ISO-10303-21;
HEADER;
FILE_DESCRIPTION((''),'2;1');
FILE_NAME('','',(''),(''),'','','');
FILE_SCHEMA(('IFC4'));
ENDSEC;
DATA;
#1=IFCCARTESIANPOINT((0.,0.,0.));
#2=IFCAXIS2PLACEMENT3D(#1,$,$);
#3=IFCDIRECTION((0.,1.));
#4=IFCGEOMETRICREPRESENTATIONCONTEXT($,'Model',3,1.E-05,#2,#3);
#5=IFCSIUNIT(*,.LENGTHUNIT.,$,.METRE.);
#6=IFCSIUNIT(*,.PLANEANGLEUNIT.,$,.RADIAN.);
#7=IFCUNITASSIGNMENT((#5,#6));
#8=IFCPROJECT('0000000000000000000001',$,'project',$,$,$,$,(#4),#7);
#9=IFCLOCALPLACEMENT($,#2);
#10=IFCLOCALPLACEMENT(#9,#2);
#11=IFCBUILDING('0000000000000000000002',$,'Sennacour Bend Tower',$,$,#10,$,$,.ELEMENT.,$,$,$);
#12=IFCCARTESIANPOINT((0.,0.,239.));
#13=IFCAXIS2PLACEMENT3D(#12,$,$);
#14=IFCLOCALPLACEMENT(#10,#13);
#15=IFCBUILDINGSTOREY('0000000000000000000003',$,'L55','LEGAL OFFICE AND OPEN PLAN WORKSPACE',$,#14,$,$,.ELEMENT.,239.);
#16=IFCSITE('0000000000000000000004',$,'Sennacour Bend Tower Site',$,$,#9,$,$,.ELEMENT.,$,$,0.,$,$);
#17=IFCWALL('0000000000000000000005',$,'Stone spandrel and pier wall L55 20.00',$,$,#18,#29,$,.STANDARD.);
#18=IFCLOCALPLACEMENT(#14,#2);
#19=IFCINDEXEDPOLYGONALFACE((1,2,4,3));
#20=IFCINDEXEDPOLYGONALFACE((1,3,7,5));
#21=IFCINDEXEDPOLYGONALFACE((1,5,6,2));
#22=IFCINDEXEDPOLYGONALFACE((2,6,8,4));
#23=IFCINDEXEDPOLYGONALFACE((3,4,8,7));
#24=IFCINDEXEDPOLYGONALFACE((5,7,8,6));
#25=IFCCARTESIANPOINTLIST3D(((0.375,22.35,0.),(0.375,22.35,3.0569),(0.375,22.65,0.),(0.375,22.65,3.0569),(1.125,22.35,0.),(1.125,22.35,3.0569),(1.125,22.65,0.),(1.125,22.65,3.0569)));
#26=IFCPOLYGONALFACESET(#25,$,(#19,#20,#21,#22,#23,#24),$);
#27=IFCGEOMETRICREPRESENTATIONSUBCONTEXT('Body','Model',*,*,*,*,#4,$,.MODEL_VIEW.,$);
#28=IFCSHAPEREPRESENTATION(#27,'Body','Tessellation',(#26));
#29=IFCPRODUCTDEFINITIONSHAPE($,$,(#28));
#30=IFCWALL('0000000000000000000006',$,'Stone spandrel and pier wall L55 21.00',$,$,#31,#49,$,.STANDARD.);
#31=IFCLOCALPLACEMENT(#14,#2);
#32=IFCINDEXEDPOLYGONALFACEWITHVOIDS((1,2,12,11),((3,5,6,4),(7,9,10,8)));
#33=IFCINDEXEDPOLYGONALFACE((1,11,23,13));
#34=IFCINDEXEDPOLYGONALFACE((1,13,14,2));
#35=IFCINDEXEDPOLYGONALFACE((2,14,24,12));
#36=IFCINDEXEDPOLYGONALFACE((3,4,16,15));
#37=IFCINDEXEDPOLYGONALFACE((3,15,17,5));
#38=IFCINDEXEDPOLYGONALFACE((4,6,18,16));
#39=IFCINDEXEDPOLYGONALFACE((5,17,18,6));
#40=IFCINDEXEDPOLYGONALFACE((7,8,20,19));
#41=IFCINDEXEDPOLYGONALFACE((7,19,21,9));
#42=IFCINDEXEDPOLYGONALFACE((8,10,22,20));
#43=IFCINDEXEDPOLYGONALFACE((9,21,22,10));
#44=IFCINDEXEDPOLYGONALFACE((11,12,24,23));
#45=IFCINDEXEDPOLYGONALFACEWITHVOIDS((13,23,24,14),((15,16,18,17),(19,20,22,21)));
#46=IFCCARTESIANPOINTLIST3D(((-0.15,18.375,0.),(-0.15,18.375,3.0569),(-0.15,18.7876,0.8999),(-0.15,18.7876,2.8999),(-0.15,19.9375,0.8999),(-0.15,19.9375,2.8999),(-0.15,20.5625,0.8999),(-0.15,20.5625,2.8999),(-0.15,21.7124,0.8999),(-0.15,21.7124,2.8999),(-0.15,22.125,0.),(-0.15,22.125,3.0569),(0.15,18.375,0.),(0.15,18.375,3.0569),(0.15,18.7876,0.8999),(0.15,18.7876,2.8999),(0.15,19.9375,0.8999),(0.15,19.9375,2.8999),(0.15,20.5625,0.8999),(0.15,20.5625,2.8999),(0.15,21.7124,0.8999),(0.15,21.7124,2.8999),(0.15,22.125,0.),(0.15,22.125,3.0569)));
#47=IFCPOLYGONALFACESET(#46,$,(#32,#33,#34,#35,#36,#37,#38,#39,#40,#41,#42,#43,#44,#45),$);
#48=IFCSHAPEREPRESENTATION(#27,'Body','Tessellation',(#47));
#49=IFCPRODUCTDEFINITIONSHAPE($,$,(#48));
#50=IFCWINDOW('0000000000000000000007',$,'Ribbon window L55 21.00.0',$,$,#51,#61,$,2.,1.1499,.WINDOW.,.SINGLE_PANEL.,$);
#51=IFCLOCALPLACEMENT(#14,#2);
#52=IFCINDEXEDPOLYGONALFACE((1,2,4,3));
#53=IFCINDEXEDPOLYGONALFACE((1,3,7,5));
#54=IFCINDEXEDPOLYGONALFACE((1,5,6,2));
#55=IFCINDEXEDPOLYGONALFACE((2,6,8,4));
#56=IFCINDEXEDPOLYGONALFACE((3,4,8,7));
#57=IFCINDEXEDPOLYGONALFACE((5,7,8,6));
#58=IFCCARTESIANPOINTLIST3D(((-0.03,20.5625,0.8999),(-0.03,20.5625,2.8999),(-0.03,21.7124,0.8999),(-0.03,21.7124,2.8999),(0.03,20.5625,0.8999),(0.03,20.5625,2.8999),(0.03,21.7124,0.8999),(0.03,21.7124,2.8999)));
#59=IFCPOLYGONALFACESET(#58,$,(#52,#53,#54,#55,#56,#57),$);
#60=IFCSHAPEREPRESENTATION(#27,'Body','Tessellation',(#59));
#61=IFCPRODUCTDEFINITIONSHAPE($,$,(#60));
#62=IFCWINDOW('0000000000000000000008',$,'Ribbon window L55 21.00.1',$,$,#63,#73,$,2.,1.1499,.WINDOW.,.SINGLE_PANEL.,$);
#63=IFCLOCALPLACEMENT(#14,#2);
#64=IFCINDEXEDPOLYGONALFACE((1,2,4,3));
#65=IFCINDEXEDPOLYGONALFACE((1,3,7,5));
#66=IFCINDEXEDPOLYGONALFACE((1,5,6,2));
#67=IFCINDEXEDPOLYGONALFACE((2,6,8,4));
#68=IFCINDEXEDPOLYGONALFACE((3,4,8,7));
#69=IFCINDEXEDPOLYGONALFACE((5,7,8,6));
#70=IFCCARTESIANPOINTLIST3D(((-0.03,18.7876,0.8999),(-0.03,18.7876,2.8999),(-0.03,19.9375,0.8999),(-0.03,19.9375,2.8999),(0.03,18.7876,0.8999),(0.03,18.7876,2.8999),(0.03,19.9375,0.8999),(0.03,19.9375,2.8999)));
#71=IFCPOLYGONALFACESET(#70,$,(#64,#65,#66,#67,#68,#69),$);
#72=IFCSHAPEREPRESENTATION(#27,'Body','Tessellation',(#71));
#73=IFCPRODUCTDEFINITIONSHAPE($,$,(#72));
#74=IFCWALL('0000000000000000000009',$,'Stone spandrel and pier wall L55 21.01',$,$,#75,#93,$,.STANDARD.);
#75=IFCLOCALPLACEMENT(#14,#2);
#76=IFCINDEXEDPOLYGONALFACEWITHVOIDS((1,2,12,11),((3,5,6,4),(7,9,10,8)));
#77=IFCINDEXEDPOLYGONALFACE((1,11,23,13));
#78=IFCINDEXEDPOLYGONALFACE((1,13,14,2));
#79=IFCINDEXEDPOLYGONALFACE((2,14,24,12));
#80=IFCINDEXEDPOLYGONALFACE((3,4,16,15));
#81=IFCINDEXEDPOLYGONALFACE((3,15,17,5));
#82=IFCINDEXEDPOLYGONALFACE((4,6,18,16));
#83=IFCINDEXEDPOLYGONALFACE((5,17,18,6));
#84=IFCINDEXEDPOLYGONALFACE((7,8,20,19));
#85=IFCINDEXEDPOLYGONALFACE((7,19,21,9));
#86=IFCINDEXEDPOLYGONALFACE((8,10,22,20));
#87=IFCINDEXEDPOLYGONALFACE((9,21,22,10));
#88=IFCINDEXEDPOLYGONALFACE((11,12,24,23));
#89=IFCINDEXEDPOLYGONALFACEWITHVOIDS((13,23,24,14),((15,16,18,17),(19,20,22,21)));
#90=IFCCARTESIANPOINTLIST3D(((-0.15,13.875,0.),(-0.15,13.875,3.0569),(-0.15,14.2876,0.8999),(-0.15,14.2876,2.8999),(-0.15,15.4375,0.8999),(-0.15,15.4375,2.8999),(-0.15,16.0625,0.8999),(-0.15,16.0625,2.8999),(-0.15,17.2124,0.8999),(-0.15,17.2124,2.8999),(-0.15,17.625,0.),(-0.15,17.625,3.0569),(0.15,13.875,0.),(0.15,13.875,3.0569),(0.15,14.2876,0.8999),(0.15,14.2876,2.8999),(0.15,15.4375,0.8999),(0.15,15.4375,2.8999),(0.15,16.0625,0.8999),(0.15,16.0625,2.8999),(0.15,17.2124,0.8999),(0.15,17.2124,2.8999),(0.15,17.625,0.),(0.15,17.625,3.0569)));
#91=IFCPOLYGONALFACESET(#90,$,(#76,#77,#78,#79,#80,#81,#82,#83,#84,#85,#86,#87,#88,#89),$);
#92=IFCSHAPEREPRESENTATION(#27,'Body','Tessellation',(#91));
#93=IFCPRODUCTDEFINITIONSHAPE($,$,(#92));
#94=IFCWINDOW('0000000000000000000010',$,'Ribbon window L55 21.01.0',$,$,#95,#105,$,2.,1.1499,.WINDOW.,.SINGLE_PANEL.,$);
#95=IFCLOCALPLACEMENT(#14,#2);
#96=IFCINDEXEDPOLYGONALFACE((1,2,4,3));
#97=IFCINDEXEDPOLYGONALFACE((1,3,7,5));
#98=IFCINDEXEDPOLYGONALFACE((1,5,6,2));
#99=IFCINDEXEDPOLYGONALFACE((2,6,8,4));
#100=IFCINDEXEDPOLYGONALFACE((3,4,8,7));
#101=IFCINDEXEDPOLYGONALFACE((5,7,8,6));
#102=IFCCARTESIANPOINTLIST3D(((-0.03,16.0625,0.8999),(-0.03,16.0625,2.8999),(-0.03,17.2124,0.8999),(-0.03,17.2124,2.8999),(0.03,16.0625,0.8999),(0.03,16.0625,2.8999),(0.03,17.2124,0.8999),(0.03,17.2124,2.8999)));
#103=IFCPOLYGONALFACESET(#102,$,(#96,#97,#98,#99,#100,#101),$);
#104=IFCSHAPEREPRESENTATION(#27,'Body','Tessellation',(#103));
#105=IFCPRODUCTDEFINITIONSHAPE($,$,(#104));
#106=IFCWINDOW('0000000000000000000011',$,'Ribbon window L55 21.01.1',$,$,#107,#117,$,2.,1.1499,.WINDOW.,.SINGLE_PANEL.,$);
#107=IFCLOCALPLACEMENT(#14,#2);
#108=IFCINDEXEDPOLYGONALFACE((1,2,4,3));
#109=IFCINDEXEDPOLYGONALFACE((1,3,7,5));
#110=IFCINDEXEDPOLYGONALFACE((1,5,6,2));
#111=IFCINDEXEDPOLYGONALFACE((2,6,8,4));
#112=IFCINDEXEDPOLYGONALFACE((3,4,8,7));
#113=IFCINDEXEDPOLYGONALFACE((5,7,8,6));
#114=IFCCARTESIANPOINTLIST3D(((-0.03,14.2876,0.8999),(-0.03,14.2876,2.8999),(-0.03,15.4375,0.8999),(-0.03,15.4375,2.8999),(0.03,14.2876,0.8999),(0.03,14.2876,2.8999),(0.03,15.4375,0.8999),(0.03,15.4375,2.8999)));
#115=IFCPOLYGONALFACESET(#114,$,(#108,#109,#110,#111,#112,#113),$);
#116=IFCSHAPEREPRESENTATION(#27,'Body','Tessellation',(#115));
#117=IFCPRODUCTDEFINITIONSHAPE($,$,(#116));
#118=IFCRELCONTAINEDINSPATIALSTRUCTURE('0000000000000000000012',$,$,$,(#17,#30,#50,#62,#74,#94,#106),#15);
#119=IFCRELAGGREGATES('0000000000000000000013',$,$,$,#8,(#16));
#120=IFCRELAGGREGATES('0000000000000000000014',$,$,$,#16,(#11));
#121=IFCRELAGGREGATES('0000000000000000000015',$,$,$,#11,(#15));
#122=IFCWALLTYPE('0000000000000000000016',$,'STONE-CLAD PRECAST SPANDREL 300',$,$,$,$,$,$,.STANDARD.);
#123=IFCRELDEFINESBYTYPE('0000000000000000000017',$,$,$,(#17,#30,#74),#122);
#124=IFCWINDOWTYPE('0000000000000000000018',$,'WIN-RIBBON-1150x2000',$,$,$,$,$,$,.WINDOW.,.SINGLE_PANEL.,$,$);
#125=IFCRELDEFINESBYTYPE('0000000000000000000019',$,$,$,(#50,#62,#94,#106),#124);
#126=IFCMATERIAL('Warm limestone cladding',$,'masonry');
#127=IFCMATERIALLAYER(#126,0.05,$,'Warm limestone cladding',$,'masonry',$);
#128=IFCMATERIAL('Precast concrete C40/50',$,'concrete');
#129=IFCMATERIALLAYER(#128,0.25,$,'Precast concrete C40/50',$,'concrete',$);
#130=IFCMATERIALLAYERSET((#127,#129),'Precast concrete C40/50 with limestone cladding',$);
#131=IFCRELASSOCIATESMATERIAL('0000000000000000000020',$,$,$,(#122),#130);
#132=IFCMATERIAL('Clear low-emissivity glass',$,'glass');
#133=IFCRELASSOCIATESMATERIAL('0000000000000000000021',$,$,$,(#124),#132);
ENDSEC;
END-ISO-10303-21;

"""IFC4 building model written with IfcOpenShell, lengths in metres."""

from ifc_helpers import new_model, si_unit, direction, frame, frame_2d, origin, place, context, subcontext, project, spatial, rectangle, extrude, material, layer, layer_set, type_object, element, fill, save


model = new_model("IFC4")

# Units and contexts
model_context = context("Model", 3, precision=1e-05, world=origin(), true_north=direction((0.0, 1.0)))
body_context = subcontext(model_context, "Body", "Model", "MODEL_VIEW")
ifc_project = project(units=[si_unit("LENGTHUNIT", "METRE"), si_unit("PLANEANGLEUNIT", "RADIAN")], contexts=[model_context])

# Site, building, storey
site_placement = place(None, origin())
site = spatial("IfcSite", under=ifc_project, at=site_placement, Name="Sennacour Bend Tower Site", CompositionType="ELEMENT", RefElevation=0.0)
building_placement = place(site_placement, origin())
building = spatial("IfcBuilding", under=site, at=building_placement, Name="Sennacour Bend Tower", CompositionType="ELEMENT")
storey_placement = place(building_placement, frame((0.0, 0.0, 239.0)))
storey = spatial("IfcBuildingStorey", under=building, at=storey_placement, Name="L55", Description="LEGAL OFFICE AND OPEN PLAN WORKSPACE", CompositionType="ELEMENT", Elevation=239.0)

# Wall
ifc_material_1 = material(Name="Warm limestone cladding", Category="masonry")
ifc_layer_1 = layer(ifc_material_1, 0.05, Name="Warm limestone cladding", Category="masonry")
ifc_material_2 = material(Name="Precast concrete C40/50", Category="concrete")
ifc_layer_2 = layer(ifc_material_2, 0.25, Name="Precast concrete C40/50", Category="concrete")
ifc_layer_set_1 = layer_set([ifc_layer_1, ifc_layer_2], Name="Precast concrete C40/50 with limestone cladding")
wall_type_1 = type_object("IfcWallType", Name="STONE-CLAD PRECAST SPANDREL 300", PredefinedType="STANDARD", material=ifc_layer_set_1)
wall_1_placement = place(storey_placement, frame((1.125, 22.5, 0.0), z_axis=(0.0, 0.0, 1.0), x_axis=(-1.0, 0.0, 0.0)))
element("IfcWall", 1, at=wall_1_placement, inside=storey, type_object=wall_type_1, Name="Stone spandrel and pier wall L55 20.00", PredefinedType="STANDARD", context=body_context, shape_type="SweptSolid", body=[
    extrude(rectangle(XDim=0.75, YDim=0.3, at=frame_2d((0.375, 0.0))), origin(), (0.0, 0.0, 1.0), 3.0569),
])

# Walls, openings, windows
wall_2_placement = place(storey_placement, frame((0.0, 22.125, 0.0), z_axis=(0.0, 0.0, 1.0), x_axis=(0.0, -1.0, 0.0)))
wall_2 = element("IfcWall", 2, at=wall_2_placement, inside=storey, type_object=wall_type_1, Name="Stone spandrel and pier wall L55 21.00", PredefinedType="STANDARD", context=body_context, shape_type="SweptSolid", body=[
    extrude(rectangle(XDim=3.75, YDim=0.3, at=frame_2d((1.875, 0.0))), origin(), (0.0, 0.0, 1.0), 3.0569),
])
opening_1_placement = place(wall_2_placement, frame((0.4126, 0.0, 0.8999)))
opening_1 = element("IfcOpeningElement", 3, at=opening_1_placement, cuts=wall_2, PredefinedType="OPENING", context=body_context, shape_type="SweptSolid", body=[
    extrude(rectangle(XDim=1.1499, YDim=2.0, at=frame_2d((0.575, 1.0))), frame((0.0, 0.1602, 0.0), z_axis=(0.0, -1.0, 0.0), x_axis=(1.0, 0.0, 0.0)), (0.0, 0.0, 1.0), 0.3201),
])
opening_2_placement = place(wall_2_placement, frame((2.1875, 0.0, 0.8999)))
opening_2 = element("IfcOpeningElement", 4, at=opening_2_placement, cuts=wall_2, PredefinedType="OPENING", context=body_context, shape_type="SweptSolid", body=[
    extrude(rectangle(XDim=1.1499, YDim=2.0, at=frame_2d((0.575, 1.0))), frame((0.0, 0.1602, 0.0), z_axis=(0.0, -1.0, 0.0), x_axis=(1.0, 0.0, 0.0)), (0.0, 0.0, 1.0), 0.3201),
])
ifc_material_3 = material(Name="Clear low-emissivity glass", Category="glass")
window_type = type_object("IfcWindowType", Name="WIN-RIBBON-1150x2000", PartitioningType="SINGLE_PANEL", PredefinedType="WINDOW", material=ifc_material_3)
window_1_placement = place(opening_1_placement, origin())
window_1 = element("IfcWindow", 5, at=window_1_placement, inside=storey, type_object=window_type, Name="Ribbon window L55 21.00.0", OverallHeight=2.0, OverallWidth=1.1499, PartitioningType="SINGLE_PANEL", PredefinedType="WINDOW", context=body_context, shape_type="SweptSolid", body=[
    extrude(rectangle(XDim=1.1499, YDim=2.0, at=frame_2d((0.575, 1.0))), frame((0.0, 0.03, 0.0), z_axis=(0.0, -1.0, 0.0), x_axis=(1.0, 0.0, 0.0)), (0.0, 0.0, 1.0), 0.0601),
])
fill(opening_1, window_1)
window_2_placement = place(opening_2_placement, origin())
window_2 = element("IfcWindow", 6, at=window_2_placement, inside=storey, type_object=window_type, Name="Ribbon window L55 21.00.1", OverallHeight=2.0, OverallWidth=1.1499, PartitioningType="SINGLE_PANEL", PredefinedType="WINDOW", context=body_context, shape_type="SweptSolid", body=[
    extrude(rectangle(XDim=1.1499, YDim=2.0, at=frame_2d((0.575, 1.0))), frame((0.0, 0.03, 0.0), z_axis=(0.0, -1.0, 0.0), x_axis=(1.0, 0.0, 0.0)), (0.0, 0.0, 1.0), 0.0601),
])
fill(opening_2, window_2)
wall_3_placement = place(storey_placement, frame((0.0, 17.625, 0.0), z_axis=(0.0, 0.0, 1.0), x_axis=(0.0, -1.0, 0.0)))
wall_3 = element("IfcWall", 7, at=wall_3_placement, inside=storey, type_object=wall_type_1, Name="Stone spandrel and pier wall L55 21.01", PredefinedType="STANDARD", context=body_context, shape_type="SweptSolid", body=[
    extrude(rectangle(XDim=3.75, YDim=0.3, at=frame_2d((1.875, 0.0))), origin(), (0.0, 0.0, 1.0), 3.0569),
])
opening_3_placement = place(wall_3_placement, frame((0.4126, 0.0, 0.8999)))
opening_3 = element("IfcOpeningElement", 8, at=opening_3_placement, cuts=wall_3, PredefinedType="OPENING", context=body_context, shape_type="SweptSolid", body=[
    extrude(rectangle(XDim=1.1499, YDim=2.0, at=frame_2d((0.575, 1.0))), frame((0.0, 0.1602, 0.0), z_axis=(0.0, -1.0, 0.0), x_axis=(1.0, 0.0, 0.0)), (0.0, 0.0, 1.0), 0.3201),
])
opening_4_placement = place(wall_3_placement, frame((2.1875, 0.0, 0.8999)))
opening_4 = element("IfcOpeningElement", 9, at=opening_4_placement, cuts=wall_3, PredefinedType="OPENING", context=body_context, shape_type="SweptSolid", body=[
    extrude(rectangle(XDim=1.1499, YDim=2.0, at=frame_2d((0.575, 1.0))), frame((0.0, 0.1602, 0.0), z_axis=(0.0, -1.0, 0.0), x_axis=(1.0, 0.0, 0.0)), (0.0, 0.0, 1.0), 0.3201),
])
window_3_placement = place(opening_3_placement, origin())
window_3 = element("IfcWindow", 10, at=window_3_placement, inside=storey, type_object=window_type, Name="Ribbon window L55 21.01.0", OverallHeight=2.0, OverallWidth=1.1499, PartitioningType="SINGLE_PANEL", PredefinedType="WINDOW", context=body_context, shape_type="SweptSolid", body=[
    extrude(rectangle(XDim=1.1499, YDim=2.0, at=frame_2d((0.575, 1.0))), frame((0.0, 0.03, 0.0), z_axis=(0.0, -1.0, 0.0), x_axis=(1.0, 0.0, 0.0)), (0.0, 0.0, 1.0), 0.0601),
])
fill(opening_3, window_3)
window_4_placement = place(opening_4_placement, origin())
window_4 = element("IfcWindow", 11, at=window_4_placement, inside=storey, type_object=window_type, Name="Ribbon window L55 21.01.1", OverallHeight=2.0, OverallWidth=1.1499, PartitioningType="SINGLE_PANEL", PredefinedType="WINDOW", context=body_context, shape_type="SweptSolid", body=[
    extrude(rectangle(XDim=1.1499, YDim=2.0, at=frame_2d((0.575, 1.0))), frame((0.0, 0.03, 0.0), z_axis=(0.0, -1.0, 0.0), x_axis=(1.0, 0.0, 0.0)), (0.0, 0.0, 1.0), 0.0601),
])
fill(opening_4, window_4)

save(model, "model.ifc")
